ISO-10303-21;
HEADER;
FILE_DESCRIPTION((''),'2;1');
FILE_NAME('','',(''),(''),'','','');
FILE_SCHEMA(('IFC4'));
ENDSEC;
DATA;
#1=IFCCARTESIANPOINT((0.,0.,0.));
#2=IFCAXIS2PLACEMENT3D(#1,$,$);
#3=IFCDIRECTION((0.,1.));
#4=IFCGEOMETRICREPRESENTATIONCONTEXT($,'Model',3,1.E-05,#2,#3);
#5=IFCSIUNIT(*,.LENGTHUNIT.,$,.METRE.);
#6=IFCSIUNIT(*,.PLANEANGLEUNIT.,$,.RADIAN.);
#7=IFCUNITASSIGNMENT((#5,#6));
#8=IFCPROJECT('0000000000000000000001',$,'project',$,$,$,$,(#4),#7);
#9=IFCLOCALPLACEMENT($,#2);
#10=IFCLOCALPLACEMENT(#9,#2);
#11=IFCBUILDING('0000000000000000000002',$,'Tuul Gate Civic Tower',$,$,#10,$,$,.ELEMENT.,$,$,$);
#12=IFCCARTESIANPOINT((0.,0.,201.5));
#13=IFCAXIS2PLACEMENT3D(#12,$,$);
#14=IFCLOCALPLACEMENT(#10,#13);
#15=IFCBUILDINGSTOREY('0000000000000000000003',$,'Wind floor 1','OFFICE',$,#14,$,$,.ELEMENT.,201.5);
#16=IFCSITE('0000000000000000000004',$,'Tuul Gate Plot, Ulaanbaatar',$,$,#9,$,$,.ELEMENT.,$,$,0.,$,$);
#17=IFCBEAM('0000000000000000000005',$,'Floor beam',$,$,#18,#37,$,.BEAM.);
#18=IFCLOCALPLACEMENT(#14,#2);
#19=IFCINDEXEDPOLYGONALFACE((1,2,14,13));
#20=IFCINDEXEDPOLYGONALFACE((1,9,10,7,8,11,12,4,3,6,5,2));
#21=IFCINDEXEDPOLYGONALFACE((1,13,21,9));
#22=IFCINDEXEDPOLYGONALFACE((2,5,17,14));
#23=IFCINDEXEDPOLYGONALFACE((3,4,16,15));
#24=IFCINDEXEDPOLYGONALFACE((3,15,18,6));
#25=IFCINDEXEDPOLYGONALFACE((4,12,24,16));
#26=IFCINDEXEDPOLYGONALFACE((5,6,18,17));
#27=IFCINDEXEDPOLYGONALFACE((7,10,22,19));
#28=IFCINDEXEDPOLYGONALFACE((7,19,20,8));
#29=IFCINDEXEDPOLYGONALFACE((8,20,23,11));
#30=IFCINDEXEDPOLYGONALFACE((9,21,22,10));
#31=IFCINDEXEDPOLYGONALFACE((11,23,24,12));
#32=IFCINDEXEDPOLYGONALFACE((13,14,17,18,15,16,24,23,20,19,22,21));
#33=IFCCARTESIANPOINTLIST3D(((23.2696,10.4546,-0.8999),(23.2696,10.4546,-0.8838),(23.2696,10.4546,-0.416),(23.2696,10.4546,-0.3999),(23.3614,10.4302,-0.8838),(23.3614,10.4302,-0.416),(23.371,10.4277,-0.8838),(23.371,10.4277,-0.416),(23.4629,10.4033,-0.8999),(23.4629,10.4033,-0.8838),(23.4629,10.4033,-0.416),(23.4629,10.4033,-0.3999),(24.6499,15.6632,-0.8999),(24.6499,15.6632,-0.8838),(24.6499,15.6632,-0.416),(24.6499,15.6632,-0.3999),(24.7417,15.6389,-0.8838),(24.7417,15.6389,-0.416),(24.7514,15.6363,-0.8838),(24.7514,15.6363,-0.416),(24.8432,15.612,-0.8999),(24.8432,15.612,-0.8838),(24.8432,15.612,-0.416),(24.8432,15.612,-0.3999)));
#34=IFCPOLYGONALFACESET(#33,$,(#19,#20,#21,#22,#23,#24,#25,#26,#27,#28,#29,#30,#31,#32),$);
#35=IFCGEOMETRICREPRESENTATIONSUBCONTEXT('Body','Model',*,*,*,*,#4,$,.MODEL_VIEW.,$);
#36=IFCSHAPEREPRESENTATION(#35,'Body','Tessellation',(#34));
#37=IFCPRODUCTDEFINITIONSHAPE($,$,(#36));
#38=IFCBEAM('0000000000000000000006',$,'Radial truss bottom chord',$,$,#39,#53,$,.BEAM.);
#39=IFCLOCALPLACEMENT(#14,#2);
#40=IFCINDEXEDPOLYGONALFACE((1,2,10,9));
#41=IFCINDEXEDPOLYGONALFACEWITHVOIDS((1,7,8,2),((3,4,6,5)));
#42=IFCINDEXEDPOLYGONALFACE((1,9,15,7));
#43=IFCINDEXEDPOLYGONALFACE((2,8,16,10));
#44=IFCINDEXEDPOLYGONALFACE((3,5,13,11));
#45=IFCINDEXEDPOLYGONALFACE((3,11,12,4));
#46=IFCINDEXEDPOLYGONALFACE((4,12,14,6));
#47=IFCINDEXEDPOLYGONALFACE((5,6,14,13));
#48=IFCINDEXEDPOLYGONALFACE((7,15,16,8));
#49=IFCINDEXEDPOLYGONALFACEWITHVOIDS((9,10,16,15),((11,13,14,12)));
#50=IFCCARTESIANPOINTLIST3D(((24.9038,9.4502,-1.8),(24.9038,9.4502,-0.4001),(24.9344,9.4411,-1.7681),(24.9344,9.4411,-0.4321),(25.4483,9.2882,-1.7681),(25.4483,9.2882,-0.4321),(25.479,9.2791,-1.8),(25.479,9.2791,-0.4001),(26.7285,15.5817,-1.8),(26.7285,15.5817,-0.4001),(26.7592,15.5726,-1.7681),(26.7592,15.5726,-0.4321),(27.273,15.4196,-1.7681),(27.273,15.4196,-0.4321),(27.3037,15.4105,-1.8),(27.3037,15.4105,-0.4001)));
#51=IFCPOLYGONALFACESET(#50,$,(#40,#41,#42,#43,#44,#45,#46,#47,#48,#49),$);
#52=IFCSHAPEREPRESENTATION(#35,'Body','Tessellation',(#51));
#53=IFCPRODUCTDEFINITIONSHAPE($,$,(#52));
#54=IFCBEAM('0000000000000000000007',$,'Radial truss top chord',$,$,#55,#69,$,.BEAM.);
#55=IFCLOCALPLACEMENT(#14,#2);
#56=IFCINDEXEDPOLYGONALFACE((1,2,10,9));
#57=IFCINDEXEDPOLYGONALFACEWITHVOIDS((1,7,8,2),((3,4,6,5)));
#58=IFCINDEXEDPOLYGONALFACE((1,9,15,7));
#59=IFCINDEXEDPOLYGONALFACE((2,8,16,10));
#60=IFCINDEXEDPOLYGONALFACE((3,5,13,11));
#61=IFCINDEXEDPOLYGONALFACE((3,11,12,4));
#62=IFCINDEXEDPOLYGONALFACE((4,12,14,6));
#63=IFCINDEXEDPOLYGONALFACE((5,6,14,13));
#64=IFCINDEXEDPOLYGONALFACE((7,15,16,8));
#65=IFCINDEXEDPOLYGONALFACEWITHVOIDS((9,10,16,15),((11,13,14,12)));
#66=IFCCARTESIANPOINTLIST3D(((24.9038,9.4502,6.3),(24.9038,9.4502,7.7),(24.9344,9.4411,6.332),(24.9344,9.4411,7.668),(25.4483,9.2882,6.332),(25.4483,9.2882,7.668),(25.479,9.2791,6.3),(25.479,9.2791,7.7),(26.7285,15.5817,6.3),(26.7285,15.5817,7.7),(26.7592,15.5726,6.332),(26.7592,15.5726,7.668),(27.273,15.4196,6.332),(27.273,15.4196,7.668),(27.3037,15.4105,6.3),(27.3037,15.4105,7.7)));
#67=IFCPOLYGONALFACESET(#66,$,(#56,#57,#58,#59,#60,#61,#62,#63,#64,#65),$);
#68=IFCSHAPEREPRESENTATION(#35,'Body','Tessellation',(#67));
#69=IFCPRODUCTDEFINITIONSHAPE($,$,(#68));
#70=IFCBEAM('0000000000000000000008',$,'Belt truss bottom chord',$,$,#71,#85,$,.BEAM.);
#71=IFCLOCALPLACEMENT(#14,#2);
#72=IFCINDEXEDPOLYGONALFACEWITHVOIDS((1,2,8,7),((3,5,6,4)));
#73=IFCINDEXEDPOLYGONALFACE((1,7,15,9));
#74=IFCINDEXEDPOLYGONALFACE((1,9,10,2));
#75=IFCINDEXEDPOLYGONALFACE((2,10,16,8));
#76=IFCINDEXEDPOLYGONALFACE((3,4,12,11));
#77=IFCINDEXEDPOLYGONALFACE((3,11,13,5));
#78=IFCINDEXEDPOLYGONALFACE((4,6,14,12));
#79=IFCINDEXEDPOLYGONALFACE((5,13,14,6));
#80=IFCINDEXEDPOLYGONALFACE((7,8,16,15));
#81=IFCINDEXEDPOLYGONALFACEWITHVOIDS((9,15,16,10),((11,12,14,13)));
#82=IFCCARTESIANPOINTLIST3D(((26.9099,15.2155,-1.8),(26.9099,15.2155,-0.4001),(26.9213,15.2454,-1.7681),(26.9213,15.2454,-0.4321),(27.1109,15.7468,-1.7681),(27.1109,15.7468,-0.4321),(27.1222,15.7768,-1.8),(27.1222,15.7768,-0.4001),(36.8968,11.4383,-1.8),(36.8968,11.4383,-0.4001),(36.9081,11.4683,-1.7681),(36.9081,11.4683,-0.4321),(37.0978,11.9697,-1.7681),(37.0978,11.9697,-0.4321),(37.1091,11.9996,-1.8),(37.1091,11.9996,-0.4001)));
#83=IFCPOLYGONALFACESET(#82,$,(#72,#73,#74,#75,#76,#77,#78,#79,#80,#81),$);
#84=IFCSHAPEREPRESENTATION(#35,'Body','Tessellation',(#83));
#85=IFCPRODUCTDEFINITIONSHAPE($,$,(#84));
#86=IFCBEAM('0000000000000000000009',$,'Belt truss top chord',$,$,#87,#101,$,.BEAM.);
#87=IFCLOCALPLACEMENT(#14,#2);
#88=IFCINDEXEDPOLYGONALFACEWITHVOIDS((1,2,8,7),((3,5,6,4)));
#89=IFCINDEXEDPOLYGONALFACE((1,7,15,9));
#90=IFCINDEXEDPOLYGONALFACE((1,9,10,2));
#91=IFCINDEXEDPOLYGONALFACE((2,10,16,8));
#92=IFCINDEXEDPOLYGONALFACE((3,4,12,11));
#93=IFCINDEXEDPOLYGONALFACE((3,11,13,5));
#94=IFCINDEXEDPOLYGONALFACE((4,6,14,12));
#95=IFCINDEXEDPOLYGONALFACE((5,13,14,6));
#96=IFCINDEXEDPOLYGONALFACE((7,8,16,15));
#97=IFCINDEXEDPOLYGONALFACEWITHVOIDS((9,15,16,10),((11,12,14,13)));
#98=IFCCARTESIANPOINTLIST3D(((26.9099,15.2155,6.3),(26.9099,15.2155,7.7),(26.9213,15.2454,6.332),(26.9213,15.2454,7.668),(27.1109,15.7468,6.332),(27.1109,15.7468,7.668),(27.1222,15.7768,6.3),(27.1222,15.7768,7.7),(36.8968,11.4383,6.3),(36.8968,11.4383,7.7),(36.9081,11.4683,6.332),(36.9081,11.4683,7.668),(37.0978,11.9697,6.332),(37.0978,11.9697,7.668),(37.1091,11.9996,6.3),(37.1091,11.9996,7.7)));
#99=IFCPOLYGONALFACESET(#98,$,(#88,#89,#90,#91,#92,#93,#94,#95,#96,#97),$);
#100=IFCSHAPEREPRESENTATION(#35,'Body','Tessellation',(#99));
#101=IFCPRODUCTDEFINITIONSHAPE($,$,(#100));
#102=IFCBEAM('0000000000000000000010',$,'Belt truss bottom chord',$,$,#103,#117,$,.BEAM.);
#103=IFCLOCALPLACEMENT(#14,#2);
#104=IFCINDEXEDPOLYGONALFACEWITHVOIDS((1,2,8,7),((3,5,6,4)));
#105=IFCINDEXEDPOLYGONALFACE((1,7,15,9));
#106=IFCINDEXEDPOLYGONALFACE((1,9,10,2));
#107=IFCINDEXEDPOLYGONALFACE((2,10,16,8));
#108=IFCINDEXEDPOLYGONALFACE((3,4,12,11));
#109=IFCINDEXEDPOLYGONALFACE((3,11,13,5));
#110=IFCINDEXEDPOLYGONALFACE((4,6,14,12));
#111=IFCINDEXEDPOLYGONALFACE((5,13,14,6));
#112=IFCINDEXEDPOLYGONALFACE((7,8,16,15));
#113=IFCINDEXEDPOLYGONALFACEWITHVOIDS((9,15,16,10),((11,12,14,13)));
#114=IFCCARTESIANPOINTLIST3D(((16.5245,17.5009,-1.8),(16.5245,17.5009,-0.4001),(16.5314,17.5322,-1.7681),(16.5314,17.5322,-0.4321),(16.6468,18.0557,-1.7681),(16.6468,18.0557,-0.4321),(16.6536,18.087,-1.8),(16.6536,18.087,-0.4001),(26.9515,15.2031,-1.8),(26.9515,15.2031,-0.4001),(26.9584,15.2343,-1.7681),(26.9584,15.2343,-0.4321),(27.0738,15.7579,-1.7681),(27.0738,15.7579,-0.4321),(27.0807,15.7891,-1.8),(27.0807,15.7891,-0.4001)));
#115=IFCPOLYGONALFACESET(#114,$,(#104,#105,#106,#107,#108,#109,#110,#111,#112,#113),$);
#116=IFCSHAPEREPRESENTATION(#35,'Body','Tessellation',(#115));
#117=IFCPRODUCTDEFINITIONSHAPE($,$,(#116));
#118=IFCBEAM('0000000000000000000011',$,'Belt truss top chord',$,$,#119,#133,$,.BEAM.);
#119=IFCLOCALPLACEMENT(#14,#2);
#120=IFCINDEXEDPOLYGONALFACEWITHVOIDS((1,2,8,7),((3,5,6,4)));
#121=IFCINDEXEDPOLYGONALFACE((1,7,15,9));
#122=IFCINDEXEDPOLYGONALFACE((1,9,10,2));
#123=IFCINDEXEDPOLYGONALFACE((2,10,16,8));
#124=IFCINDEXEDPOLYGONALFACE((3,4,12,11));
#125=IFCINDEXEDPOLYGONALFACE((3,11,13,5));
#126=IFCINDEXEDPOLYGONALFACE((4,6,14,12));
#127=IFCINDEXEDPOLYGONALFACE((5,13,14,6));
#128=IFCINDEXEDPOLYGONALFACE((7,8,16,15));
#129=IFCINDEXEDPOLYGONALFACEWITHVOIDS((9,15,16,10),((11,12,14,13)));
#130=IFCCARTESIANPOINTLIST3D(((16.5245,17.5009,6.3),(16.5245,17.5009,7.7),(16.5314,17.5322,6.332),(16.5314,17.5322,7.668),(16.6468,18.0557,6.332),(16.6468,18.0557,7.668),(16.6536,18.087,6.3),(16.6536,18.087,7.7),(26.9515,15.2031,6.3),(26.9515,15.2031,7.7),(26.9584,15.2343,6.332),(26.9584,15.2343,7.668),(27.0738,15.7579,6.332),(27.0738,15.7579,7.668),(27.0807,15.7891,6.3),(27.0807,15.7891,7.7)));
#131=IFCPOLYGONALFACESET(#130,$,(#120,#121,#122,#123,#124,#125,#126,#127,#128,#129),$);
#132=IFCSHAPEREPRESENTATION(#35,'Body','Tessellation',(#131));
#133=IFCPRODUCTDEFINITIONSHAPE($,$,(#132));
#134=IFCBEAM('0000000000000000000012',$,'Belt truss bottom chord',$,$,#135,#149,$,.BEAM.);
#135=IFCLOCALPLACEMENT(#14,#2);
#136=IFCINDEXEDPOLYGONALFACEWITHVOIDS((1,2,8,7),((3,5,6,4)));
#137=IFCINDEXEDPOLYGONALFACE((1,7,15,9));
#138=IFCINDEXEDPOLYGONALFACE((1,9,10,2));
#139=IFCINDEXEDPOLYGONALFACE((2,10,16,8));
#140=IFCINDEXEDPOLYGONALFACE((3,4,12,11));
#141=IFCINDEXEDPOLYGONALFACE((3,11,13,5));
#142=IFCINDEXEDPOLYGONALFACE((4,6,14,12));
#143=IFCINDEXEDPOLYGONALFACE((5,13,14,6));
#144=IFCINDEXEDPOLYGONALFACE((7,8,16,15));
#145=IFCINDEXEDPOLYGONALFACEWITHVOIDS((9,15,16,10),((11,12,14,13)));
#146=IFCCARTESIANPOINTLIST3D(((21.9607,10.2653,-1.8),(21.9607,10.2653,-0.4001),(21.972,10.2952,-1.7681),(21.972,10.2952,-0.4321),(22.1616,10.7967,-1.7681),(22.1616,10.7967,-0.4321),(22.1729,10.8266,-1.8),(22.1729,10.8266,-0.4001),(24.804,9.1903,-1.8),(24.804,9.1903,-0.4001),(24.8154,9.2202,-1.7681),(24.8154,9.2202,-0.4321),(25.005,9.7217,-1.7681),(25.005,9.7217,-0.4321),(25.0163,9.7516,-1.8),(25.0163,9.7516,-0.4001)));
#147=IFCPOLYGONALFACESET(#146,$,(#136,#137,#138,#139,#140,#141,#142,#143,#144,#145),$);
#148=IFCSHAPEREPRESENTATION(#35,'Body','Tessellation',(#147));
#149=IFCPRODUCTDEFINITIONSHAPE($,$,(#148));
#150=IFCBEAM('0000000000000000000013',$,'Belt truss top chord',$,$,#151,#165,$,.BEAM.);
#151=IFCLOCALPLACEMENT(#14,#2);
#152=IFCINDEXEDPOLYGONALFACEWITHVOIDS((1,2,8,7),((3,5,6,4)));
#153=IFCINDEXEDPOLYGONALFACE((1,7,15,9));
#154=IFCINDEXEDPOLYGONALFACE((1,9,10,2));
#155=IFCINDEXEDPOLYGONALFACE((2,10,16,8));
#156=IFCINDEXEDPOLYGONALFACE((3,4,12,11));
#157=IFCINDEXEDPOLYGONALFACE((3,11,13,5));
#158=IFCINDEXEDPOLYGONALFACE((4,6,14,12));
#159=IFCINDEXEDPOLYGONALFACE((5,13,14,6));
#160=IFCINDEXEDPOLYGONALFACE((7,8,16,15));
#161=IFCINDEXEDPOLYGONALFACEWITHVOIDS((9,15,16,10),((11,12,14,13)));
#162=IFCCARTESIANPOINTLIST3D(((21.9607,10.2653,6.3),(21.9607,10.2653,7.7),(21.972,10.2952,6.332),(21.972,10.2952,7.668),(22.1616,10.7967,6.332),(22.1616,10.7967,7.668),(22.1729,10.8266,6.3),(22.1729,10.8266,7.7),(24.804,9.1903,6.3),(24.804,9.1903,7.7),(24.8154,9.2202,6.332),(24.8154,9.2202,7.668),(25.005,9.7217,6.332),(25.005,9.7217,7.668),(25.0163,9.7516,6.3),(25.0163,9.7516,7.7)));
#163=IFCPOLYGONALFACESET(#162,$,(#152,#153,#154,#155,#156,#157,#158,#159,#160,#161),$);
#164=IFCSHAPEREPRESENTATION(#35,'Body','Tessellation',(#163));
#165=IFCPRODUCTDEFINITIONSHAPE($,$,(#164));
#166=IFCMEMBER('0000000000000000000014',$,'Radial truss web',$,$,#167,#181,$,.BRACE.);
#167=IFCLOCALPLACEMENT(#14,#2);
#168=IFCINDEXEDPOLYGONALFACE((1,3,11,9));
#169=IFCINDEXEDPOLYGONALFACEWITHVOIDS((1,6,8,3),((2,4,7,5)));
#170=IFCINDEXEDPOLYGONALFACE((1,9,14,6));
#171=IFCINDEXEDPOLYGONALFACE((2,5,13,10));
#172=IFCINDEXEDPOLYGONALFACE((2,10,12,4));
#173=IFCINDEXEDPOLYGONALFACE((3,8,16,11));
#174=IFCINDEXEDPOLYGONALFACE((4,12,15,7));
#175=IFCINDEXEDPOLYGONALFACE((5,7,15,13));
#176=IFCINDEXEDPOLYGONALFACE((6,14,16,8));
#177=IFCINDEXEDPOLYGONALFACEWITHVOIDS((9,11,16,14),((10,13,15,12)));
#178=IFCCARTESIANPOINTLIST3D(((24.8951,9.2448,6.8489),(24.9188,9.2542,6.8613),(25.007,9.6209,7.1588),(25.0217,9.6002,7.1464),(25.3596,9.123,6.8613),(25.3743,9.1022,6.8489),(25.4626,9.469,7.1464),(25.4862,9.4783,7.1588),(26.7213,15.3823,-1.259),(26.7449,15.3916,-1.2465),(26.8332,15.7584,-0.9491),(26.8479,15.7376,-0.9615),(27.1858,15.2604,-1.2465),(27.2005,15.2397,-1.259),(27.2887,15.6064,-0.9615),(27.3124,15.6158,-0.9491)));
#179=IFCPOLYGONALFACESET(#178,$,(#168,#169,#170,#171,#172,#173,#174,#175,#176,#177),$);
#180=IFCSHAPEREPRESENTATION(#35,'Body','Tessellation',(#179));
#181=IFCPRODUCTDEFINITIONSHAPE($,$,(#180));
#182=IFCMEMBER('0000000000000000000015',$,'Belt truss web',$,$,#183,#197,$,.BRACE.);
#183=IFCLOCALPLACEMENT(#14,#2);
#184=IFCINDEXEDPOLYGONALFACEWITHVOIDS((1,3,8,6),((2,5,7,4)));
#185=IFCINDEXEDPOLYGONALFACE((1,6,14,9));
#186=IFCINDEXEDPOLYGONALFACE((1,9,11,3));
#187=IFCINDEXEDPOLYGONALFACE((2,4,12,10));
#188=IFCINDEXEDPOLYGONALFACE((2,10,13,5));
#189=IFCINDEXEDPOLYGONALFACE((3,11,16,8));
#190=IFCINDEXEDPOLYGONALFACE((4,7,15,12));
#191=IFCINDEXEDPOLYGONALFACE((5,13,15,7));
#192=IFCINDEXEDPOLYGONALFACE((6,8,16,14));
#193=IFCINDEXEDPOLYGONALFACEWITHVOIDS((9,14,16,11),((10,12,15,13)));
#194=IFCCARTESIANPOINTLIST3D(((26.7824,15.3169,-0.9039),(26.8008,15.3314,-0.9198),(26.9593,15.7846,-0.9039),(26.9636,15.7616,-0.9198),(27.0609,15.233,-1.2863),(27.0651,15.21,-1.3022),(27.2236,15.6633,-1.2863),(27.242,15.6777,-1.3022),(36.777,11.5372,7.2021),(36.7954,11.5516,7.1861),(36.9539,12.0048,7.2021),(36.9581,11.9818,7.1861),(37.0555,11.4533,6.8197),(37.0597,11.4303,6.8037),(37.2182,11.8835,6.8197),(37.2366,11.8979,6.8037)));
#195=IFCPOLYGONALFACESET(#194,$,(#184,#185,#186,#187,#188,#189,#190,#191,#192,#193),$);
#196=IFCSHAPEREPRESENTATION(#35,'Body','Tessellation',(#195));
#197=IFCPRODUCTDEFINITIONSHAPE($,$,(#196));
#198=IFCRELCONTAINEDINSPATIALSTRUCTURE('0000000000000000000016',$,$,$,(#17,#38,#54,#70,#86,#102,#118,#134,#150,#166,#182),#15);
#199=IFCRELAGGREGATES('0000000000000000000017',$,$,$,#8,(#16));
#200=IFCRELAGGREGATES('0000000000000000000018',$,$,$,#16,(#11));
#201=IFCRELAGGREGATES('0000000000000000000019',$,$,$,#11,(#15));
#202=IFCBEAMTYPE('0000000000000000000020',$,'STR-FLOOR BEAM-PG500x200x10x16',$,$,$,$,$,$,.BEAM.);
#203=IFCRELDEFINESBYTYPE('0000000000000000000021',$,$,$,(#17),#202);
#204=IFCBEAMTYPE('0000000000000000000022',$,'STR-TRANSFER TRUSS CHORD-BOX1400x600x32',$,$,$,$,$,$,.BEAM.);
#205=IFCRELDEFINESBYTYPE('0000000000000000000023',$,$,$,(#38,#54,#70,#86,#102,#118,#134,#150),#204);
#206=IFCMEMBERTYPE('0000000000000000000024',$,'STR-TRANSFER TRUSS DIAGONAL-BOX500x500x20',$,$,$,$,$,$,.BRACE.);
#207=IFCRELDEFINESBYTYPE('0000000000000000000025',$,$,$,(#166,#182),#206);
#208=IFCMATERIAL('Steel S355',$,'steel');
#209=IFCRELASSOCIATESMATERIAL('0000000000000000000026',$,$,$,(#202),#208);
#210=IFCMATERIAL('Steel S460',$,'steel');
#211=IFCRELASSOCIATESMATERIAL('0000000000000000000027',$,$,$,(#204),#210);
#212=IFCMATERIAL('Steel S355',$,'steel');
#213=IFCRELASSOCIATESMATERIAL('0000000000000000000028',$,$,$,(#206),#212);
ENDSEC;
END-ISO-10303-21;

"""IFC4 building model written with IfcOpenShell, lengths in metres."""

from ifc_helpers import new_model, si_unit, direction, frame, origin, origin_2d, place, context, subcontext, project, spatial, hollow_rectangle, i_section, extrude, material, material_profile, profile_set, type_object, element, save


model = new_model("IFC4")

# Units and contexts
model_context = context("Model", 3, precision=1e-05, world=origin(), true_north=direction((0.0, 1.0)))
body_context = subcontext(model_context, "Body", "Model", "MODEL_VIEW")
ifc_project = project(units=[si_unit("LENGTHUNIT", "METRE"), si_unit("PLANEANGLEUNIT", "RADIAN")], contexts=[model_context])

# Site, building, storey
site_placement = place(None, origin())
site = spatial("IfcSite", under=ifc_project, at=site_placement, Name="Tuul Gate Plot, Ulaanbaatar", CompositionType="ELEMENT", RefElevation=0.0)
building_placement = place(site_placement, origin())
building = spatial("IfcBuilding", under=site, at=building_placement, Name="Tuul Gate Civic Tower", CompositionType="ELEMENT")
storey_placement = place(building_placement, frame((0.0, 0.0, 201.5)))
storey = spatial("IfcBuildingStorey", under=building, at=storey_placement, Name="Wind floor 1", Description="OFFICE", CompositionType="ELEMENT", Elevation=201.5)

# Beams
ifc_material_1 = material(Name="Steel S355", Category="steel")
ifc_material_profile_1 = material_profile(ifc_material_1, i_section(OverallWidth=0.2, OverallDepth=0.5, WebThickness=0.01, FlangeThickness=0.0161, at=origin_2d()), Name="PG500x200x10x16")
ifc_profile_set_1 = profile_set([ifc_material_profile_1], Name="Steel S355")
beam_type_1 = type_object("IfcBeamType", Name="STR-FLOOR BEAM-PG500x200x10x16", PredefinedType="BEAM", material=ifc_profile_set_1)
beam_placement = place(storey_placement, frame((23.3662, 10.429, -0.6499), z_axis=(0.256168, 0.966632, 0.0), x_axis=(-0.966632, 0.256168, 0.0)))
element("IfcBeam", 1, at=beam_placement, inside=storey, type_object=beam_type_1, Name="Floor beam", PredefinedType="BEAM", context=body_context, shape_type="SweptSolid", body=[
    extrude(i_section(OverallWidth=0.2, OverallDepth=0.5, WebThickness=0.01, FlangeThickness=0.0161, at=origin_2d()), origin(), (0.0, 0.0, 1.0), 5.3884),
])
ifc_material_2 = material(Name="Steel S460", Category="steel")
ifc_material_profile_2 = material_profile(ifc_material_2, hollow_rectangle(XDim=0.6001, YDim=1.3999, WallThickness=0.032, at=origin_2d()), Name="BOX1400x600x32")
ifc_profile_set_2 = profile_set([ifc_material_profile_2], Name="Steel S460")
beam_type_2 = type_object("IfcBeamType", Name="STR-TRANSFER TRUSS CHORD-BOX1400x600x32", PredefinedType="BEAM", material=ifc_profile_set_2)
for number, where, z_axis, x_axis, name in (
    (2, (27.0161, 15.4961, -1.1001), (-0.285239, -0.958456, 0.0), (0.958456, -0.285239, 0.0), "Radial truss bottom chord"),
    (3, (27.0161, 15.4961, 7.0), (-0.285239, -0.958456, 0.0), (0.958456, -0.285239, 0.0), "Radial truss top chord"),
):
    element("IfcBeam", number, at=place(storey_placement, frame(where, z_axis=z_axis, x_axis=x_axis)), inside=storey, type_object=beam_type_2, Name=name, PredefinedType="BEAM", context=body_context, shape_type="SweptSolid", body=[
        extrude(hollow_rectangle(XDim=0.6001, YDim=1.3999, WallThickness=0.032, at=origin_2d()), origin(), (0.0, 0.0, 1.0), 6.3972),
    ])
for number, where, z_axis, x_axis, name in (
    (4, (37.0029, 11.719, -1.1001), (-0.935339, 0.353753, 0.0), (-0.353753, -0.935339, 0.0), "Belt truss bottom chord"),
    (5, (37.0029, 11.719, 7.0), (-0.935339, 0.353753, 0.0), (-0.353753, -0.935339, 0.0), "Belt truss top chord"),
    (6, (27.0161, 15.4961, -1.1001), (-0.976568, 0.215211, 0.0), (-0.215211, -0.976568, 0.0), "Belt truss bottom chord"),
    (7, (27.0161, 15.4961, 7.0), (-0.976568, 0.215211, 0.0), (-0.215211, -0.976568, 0.0), "Belt truss top chord"),
):
    element("IfcBeam", number, at=place(storey_placement, frame(where, z_axis=z_axis, x_axis=x_axis)), inside=storey, type_object=beam_type_2, Name=name, PredefinedType="BEAM", context=body_context, shape_type="SweptSolid", body=[
        extrude(hollow_rectangle(XDim=0.6001, YDim=1.3999, WallThickness=0.032, at=origin_2d()), origin(), (0.0, 0.0, 1.0), 10.6772),
    ])
for number, where, z_axis, x_axis, name in (
    (8, (24.9102, 9.4709, -1.1001), (-0.935382, 0.35364, 0.0), (-0.35364, -0.935382, 0.0), "Belt truss bottom chord"),
    (9, (24.9102, 9.4709, 7.0), (-0.935382, 0.35364, 0.0), (-0.35364, -0.935382, 0.0), "Belt truss top chord"),
):
    element("IfcBeam", number, at=place(storey_placement, frame(where, z_axis=z_axis, x_axis=x_axis)), inside=storey, type_object=beam_type_2, Name=name, PredefinedType="BEAM", context=body_context, shape_type="SweptSolid", body=[
        extrude(hollow_rectangle(XDim=0.6001, YDim=1.3999, WallThickness=0.032, at=origin_2d()), origin(), (0.0, 0.0, 1.0), 3.0398),
    ])

# Members
ifc_material_3 = material(Name="Steel S355", Category="steel")
ifc_material_profile_3 = material_profile(ifc_material_3, hollow_rectangle(XDim=0.5, YDim=0.5, WallThickness=0.02, at=origin_2d()), Name="BOX500x500x20")
ifc_profile_set_3 = profile_set([ifc_material_profile_3], Name="Steel S355")
member_type_1 = type_object("IfcMemberType", Name="STR-TRANSFER TRUSS DIAGONAL-BOX500x500x20", PredefinedType="BRACE", material=ifc_profile_set_3)
member_1_placement = place(storey_placement, frame((27.0168, 15.499, -1.104), z_axis=(-0.176756, -0.594048, 0.78477), x_axis=(0.958471, -0.285189, 0.0)))
element("IfcMember", 10, at=member_1_placement, inside=storey, type_object=member_type_1, Name="Radial truss web", PredefinedType="BRACE", context=body_context, shape_type="SweptSolid", body=[
    extrude(hollow_rectangle(XDim=0.5, YDim=0.5, WallThickness=0.02, at=origin_2d()), origin(), (0.0, 0.0, 1.0), 10.3315),
])
member_2_placement = place(storey_placement, frame((27.0122, 15.4973, -1.103), z_axis=(0.745192, -0.281818, 0.604374), x_axis=(0.353731, 0.935347, 0.0)))
element("IfcMember", 11, at=member_2_placement, inside=storey, type_object=member_type_1, Name="Belt truss web", PredefinedType="BRACE", context=body_context, shape_type="SweptSolid", body=[
    extrude(hollow_rectangle(XDim=0.5, YDim=0.5, WallThickness=0.02, at=origin_2d()), origin(), (0.0, 0.0, 1.0), 13.4121),
])

save(model, "model.ifc")
